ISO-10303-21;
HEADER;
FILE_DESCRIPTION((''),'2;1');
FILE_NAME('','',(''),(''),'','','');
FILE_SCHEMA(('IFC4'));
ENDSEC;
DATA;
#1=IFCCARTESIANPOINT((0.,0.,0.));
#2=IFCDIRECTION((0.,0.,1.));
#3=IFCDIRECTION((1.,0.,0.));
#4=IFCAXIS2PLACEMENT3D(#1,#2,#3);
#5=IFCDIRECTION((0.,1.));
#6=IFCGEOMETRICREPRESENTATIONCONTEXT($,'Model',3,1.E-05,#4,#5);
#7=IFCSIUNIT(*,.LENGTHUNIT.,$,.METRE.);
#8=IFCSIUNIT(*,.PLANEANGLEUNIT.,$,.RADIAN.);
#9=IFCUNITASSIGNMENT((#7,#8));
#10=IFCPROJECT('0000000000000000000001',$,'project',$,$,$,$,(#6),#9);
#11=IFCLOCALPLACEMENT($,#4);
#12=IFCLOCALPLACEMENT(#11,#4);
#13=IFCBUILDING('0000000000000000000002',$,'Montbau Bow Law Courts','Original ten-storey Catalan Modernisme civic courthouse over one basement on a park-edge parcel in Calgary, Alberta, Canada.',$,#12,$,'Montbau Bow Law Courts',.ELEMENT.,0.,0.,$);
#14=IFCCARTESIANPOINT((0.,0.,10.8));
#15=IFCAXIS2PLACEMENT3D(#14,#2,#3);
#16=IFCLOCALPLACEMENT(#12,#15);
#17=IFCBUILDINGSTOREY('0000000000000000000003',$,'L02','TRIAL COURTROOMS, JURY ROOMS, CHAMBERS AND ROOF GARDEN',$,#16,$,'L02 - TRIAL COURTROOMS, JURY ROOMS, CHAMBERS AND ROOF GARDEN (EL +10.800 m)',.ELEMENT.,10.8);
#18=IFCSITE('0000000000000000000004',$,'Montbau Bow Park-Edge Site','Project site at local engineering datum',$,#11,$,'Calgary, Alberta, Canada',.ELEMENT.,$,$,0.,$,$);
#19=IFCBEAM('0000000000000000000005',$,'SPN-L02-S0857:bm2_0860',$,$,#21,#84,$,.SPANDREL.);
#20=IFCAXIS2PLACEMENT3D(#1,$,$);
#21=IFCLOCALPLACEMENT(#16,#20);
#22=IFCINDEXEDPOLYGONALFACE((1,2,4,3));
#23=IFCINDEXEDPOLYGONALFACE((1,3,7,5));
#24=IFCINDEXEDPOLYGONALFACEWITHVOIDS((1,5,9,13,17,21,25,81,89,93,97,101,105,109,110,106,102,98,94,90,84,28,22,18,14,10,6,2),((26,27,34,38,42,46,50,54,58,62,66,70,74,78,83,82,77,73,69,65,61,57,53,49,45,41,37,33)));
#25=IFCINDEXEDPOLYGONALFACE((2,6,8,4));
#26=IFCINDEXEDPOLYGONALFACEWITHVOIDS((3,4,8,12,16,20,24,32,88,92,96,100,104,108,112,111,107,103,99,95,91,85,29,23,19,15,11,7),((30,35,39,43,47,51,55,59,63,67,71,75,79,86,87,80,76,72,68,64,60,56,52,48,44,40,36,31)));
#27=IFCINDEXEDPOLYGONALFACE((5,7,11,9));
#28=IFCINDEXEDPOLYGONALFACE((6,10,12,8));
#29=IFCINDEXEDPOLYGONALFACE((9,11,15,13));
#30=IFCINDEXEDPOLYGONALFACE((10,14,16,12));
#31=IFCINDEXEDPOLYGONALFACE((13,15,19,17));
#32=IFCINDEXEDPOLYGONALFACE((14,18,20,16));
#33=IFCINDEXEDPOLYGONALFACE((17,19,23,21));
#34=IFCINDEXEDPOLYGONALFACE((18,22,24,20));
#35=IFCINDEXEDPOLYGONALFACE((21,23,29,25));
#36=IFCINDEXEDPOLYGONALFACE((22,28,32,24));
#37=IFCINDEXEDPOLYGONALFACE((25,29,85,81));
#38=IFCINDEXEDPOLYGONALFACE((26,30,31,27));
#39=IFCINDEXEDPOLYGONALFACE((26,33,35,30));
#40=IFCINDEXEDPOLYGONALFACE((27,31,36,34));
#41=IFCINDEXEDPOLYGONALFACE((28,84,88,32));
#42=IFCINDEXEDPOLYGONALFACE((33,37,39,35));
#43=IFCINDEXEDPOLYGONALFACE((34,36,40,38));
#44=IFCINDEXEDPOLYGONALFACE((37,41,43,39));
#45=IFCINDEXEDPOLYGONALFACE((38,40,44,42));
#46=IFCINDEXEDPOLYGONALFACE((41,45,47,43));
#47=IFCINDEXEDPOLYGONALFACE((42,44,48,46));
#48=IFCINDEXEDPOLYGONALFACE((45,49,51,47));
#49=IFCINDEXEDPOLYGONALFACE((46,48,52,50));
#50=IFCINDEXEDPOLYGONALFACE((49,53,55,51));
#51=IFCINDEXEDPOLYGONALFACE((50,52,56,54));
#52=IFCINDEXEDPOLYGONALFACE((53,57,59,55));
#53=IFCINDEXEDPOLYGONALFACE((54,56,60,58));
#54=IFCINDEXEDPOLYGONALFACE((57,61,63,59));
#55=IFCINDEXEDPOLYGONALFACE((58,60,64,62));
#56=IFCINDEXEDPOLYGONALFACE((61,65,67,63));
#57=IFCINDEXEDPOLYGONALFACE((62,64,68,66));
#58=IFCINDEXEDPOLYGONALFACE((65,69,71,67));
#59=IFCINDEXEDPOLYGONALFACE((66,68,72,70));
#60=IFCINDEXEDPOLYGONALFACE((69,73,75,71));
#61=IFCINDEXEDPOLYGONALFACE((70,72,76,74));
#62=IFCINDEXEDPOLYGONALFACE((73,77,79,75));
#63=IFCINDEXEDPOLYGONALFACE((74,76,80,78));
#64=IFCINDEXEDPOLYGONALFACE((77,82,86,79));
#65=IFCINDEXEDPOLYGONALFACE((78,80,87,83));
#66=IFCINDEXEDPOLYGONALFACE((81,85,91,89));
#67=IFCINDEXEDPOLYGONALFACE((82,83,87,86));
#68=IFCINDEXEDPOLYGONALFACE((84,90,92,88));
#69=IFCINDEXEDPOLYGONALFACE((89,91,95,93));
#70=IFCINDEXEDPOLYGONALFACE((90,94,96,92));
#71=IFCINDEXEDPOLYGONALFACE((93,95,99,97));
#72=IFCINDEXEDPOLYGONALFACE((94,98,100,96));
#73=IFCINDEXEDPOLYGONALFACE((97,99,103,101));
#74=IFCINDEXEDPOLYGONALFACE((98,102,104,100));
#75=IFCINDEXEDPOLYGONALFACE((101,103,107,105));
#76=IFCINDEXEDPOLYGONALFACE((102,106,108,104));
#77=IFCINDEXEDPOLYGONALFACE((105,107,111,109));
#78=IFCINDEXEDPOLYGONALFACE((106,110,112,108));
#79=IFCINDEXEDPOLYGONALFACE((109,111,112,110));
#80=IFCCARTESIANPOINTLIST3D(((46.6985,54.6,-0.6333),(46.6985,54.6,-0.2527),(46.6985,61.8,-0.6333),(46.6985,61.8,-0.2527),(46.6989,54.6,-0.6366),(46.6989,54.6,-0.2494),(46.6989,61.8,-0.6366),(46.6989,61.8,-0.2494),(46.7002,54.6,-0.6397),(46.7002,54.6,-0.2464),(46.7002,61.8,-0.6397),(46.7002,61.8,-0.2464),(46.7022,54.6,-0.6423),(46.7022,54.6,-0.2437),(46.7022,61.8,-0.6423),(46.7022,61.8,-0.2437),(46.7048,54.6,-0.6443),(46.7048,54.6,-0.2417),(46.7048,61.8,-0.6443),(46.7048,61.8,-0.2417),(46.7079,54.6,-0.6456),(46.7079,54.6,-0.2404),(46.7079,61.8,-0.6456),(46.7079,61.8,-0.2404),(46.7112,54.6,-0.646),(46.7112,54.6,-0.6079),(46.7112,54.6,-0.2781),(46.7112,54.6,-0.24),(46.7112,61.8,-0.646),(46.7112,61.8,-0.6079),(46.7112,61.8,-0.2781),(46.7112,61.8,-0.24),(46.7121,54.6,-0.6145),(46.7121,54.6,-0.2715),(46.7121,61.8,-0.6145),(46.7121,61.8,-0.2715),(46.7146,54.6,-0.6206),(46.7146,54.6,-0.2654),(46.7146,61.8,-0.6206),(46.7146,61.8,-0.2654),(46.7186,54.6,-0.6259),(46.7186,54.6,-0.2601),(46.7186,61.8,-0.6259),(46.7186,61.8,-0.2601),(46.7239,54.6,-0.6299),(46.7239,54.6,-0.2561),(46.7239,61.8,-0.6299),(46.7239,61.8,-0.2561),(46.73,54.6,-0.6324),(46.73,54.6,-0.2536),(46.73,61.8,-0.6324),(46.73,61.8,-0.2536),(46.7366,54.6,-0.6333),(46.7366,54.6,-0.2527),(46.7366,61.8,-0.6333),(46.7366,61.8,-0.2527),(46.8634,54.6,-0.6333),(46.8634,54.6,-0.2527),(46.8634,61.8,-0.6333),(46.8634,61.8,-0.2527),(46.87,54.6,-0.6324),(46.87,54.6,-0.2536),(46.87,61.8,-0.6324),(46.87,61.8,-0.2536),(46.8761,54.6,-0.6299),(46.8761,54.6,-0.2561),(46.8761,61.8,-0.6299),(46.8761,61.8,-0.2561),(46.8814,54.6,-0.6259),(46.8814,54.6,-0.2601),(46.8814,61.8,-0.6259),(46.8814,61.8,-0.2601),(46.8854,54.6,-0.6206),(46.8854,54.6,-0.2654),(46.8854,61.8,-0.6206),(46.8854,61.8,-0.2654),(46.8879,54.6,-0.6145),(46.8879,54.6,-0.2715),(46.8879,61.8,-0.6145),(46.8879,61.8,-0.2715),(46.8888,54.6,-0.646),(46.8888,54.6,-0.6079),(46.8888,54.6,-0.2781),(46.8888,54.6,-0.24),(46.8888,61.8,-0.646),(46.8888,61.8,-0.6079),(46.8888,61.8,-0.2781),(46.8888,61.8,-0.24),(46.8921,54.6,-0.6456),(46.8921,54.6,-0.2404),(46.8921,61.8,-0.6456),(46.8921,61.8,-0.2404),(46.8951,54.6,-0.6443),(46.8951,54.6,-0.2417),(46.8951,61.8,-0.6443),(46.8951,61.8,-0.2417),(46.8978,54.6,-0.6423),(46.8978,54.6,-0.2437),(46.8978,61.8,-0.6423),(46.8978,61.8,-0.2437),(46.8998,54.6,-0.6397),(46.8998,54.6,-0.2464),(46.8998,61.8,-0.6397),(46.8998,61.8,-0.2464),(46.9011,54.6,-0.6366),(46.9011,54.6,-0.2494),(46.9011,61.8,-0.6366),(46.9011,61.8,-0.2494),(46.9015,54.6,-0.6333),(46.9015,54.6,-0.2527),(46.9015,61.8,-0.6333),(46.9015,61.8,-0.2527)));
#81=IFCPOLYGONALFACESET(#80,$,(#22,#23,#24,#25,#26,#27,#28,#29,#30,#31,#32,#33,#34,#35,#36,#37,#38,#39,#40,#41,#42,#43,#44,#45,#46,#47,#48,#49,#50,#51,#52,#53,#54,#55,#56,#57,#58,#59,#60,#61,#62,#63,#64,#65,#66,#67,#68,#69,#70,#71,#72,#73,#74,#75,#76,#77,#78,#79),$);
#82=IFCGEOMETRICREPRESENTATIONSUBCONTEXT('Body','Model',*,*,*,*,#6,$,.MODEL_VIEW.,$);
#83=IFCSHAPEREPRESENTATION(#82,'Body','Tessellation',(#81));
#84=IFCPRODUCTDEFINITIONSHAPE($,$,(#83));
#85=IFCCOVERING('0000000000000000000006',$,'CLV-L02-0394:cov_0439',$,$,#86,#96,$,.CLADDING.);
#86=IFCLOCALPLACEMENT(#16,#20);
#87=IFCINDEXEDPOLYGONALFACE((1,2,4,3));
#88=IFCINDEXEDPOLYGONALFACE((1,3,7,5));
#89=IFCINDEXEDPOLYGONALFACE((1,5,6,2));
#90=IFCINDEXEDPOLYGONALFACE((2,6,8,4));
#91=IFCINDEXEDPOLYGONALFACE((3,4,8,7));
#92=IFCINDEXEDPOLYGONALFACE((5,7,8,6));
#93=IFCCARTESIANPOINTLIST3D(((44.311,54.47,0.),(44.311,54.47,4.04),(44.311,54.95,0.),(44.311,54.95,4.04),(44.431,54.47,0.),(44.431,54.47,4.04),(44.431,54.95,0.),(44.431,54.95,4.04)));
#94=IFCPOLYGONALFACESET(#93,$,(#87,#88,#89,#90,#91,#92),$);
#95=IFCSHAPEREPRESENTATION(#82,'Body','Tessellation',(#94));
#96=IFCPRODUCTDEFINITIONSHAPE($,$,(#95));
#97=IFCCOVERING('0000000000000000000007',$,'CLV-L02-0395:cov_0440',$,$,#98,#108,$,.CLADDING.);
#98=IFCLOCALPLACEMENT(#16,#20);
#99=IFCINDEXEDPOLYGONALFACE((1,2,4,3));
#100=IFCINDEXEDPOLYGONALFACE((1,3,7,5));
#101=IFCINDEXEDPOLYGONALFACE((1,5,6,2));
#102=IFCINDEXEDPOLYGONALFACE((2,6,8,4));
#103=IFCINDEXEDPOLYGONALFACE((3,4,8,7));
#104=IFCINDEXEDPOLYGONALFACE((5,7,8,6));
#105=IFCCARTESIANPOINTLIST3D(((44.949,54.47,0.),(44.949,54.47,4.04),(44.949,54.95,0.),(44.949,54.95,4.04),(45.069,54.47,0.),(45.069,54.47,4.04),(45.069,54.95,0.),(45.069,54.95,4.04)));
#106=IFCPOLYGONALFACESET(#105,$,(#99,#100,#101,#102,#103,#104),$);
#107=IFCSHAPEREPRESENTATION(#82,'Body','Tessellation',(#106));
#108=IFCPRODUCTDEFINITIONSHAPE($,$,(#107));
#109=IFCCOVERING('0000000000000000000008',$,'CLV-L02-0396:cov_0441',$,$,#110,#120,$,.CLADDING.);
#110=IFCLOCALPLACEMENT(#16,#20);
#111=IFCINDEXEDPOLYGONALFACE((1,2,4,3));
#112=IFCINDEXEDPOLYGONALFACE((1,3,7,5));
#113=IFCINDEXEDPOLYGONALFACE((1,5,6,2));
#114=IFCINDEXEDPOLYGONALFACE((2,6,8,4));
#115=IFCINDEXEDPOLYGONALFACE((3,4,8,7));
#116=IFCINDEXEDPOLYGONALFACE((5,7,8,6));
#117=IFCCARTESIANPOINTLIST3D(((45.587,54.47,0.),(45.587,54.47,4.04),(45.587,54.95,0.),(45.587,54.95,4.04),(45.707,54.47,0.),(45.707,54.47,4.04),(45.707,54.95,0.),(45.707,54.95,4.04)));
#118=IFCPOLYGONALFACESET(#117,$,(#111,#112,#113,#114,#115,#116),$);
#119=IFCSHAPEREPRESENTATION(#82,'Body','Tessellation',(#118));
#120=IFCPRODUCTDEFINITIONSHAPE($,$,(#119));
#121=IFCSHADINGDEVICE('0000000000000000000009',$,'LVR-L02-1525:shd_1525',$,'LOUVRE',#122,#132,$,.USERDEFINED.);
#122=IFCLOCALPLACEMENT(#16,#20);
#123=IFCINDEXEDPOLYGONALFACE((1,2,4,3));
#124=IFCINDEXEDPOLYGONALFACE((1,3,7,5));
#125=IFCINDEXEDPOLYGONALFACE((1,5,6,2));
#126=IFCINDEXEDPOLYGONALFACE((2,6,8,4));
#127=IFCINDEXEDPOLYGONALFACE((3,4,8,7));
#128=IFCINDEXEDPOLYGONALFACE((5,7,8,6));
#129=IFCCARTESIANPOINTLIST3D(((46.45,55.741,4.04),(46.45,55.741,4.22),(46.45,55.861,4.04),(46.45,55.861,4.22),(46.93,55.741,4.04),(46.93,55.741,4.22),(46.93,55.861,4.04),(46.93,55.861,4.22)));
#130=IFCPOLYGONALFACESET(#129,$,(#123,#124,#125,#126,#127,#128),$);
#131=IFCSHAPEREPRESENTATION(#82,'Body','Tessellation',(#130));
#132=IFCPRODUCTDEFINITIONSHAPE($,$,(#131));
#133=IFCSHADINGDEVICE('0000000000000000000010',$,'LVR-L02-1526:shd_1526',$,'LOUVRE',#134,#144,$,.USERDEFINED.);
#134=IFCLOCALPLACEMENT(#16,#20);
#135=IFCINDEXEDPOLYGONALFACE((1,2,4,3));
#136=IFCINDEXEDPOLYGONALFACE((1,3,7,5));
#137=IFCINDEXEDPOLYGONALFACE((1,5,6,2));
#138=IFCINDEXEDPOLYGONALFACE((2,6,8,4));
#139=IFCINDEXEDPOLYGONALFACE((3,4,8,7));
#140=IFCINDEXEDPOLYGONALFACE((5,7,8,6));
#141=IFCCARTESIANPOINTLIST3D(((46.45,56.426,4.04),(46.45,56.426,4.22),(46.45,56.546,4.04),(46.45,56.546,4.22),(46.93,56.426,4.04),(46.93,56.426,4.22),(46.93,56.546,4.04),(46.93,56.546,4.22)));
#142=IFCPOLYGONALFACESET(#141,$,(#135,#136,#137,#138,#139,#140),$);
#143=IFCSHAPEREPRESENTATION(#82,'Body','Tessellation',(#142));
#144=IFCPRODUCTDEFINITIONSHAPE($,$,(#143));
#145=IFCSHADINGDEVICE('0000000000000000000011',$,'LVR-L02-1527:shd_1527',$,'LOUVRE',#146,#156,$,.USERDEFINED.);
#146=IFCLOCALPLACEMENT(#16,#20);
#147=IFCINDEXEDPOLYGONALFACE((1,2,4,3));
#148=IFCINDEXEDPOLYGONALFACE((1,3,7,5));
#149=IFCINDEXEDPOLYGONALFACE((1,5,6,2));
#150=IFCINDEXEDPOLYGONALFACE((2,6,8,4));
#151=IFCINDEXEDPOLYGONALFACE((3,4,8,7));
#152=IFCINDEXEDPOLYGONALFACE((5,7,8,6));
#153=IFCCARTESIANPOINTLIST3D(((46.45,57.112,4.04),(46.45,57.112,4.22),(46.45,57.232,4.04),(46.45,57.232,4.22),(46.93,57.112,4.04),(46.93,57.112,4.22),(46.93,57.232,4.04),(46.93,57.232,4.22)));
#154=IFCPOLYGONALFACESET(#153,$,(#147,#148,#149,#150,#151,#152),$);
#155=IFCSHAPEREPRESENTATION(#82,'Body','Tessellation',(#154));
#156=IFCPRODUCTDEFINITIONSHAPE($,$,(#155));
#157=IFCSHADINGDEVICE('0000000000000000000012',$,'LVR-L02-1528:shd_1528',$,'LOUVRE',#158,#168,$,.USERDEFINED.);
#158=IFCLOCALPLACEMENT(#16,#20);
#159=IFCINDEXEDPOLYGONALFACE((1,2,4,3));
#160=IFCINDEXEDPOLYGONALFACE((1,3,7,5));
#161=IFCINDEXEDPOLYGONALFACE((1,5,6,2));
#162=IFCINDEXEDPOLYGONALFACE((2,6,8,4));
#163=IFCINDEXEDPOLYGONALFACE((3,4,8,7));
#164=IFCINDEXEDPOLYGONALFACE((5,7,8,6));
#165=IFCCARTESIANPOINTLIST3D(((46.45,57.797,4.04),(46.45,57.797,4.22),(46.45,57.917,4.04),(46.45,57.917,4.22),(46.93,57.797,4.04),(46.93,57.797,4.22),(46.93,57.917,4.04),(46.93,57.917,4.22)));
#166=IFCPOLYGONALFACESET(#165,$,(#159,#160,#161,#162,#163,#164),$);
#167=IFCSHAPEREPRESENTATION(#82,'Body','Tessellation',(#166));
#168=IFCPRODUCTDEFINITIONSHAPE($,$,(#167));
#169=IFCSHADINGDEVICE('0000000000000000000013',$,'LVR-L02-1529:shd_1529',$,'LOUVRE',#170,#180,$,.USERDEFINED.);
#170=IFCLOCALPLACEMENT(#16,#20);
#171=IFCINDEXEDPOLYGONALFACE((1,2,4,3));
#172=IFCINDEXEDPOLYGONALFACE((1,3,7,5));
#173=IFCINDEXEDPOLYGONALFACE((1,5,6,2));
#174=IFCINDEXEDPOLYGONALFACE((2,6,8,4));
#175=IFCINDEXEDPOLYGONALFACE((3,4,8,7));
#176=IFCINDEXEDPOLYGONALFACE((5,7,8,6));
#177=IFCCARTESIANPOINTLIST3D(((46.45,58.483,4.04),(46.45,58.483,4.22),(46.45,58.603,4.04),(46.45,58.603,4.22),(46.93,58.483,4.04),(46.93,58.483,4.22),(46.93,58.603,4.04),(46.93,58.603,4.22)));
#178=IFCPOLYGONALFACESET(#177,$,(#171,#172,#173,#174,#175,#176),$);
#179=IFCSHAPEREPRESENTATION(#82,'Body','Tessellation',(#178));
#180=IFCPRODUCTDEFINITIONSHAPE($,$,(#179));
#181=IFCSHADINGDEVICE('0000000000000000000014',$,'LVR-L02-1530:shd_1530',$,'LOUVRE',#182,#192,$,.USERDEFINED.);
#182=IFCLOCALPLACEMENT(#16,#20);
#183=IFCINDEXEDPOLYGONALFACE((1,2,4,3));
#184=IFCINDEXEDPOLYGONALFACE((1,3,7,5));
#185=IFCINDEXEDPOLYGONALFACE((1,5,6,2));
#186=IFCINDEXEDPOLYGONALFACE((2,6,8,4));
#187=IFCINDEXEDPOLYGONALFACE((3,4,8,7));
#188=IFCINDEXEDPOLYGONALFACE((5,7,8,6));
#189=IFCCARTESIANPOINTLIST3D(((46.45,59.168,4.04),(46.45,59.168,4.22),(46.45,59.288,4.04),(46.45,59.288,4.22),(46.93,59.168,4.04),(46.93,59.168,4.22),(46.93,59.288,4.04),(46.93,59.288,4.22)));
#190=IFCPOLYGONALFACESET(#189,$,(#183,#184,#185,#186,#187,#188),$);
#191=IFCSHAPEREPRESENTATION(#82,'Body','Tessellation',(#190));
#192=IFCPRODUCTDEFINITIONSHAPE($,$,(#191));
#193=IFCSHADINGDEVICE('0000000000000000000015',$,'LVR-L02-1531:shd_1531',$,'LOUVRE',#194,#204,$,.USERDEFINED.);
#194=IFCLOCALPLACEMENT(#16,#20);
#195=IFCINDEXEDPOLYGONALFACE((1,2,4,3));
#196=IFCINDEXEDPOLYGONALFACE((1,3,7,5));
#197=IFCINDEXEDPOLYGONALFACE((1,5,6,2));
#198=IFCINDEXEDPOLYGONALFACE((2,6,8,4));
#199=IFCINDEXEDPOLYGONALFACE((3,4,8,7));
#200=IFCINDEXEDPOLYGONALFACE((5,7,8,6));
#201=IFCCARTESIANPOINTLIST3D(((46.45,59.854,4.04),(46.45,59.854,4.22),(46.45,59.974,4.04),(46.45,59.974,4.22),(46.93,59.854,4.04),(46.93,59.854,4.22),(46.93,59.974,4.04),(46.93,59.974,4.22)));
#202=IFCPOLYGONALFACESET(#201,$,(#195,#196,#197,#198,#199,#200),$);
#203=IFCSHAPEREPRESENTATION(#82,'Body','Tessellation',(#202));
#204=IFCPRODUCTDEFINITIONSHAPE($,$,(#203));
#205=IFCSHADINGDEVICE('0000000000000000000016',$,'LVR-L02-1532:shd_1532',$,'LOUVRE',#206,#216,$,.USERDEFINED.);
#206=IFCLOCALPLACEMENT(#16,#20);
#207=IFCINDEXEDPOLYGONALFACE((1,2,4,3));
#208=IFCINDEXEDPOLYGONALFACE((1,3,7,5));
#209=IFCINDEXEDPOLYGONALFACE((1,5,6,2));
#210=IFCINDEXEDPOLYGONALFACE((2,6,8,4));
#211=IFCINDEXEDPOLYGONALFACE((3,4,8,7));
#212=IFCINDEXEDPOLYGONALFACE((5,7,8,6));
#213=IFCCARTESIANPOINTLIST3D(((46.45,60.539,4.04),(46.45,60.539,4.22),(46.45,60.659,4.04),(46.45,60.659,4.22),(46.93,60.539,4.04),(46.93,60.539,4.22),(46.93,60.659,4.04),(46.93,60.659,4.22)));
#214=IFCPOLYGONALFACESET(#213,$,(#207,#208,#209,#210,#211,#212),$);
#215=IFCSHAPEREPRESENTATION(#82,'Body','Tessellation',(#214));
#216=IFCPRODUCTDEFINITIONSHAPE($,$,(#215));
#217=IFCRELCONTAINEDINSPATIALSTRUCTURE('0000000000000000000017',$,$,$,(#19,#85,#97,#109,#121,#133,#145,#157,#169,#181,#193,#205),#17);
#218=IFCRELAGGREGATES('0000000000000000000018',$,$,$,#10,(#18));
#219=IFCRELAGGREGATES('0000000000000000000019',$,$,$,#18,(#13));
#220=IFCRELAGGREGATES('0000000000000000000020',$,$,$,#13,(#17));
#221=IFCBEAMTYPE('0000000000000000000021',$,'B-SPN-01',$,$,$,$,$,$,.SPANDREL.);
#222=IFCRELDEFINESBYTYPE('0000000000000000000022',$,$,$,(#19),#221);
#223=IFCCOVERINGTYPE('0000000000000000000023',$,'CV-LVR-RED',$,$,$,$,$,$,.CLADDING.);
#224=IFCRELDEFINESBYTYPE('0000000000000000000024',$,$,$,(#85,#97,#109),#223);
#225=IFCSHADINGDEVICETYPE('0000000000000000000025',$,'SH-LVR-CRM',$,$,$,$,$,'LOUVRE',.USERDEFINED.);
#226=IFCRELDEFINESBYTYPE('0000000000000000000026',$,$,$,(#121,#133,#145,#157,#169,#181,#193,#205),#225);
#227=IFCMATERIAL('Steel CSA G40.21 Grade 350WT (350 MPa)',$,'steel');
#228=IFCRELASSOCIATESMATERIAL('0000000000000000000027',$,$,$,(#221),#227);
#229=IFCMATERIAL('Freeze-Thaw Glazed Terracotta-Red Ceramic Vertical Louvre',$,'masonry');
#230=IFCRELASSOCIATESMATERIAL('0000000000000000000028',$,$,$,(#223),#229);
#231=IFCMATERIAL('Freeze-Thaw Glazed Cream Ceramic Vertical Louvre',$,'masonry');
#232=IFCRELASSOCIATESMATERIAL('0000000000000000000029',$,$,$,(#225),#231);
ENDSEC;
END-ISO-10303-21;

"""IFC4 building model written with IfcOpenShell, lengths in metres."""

from ifc_helpers import new_model, si_unit, direction, frame, frame_2d, origin_with_axes, origin_2d_with_axis, place, context, subcontext, project, spatial, rectangle, hollow_rectangle, extrude, material, material_profile, profile_set, type_object, element, save


model = new_model("IFC4")

# Units and contexts
model_context = context("Model", 3, precision=1e-05, world=origin_with_axes(), true_north=direction((0.0, 1.0)))
body_context = subcontext(model_context, "Body", "Model", "MODEL_VIEW")
ifc_project = project(units=[si_unit("LENGTHUNIT", "METRE"), si_unit("PLANEANGLEUNIT", "RADIAN")], contexts=[model_context])

# Site, building, storey
site_placement = place(None, origin_with_axes())
site = spatial("IfcSite", under=ifc_project, at=site_placement, Name="Montbau Bow Park-Edge Site", Description="Project site at local engineering datum", LongName="Calgary, Alberta, Canada", CompositionType="ELEMENT", RefElevation=0.0)
building_placement = place(site_placement, origin_with_axes())
building = spatial("IfcBuilding", under=site, at=building_placement, Name="Montbau Bow Law Courts", Description="Original ten-storey Catalan Modernisme civic courthouse over one basement on a park-edge parcel in Calgary, Alberta, Canada.", LongName="Montbau Bow Law Courts", CompositionType="ELEMENT", ElevationOfRefHeight=0.0, ElevationOfTerrain=0.0)
storey_placement = place(building_placement, frame((0.0, 0.0, 10.8), z_axis=(0.0, 0.0, 1.0), x_axis=(1.0, 0.0, 0.0)))
storey = spatial("IfcBuildingStorey", under=building, at=storey_placement, Name="L02", Description="TRIAL COURTROOMS, JURY ROOMS, CHAMBERS AND ROOF GARDEN", LongName="L02 - TRIAL COURTROOMS, JURY ROOMS, CHAMBERS AND ROOF GARDEN (EL +10.800 m)", CompositionType="ELEMENT", Elevation=10.8)

# Beam
ifc_material_1 = material(Name="Steel CSA G40.21 Grade 350WT (350 MPa)", Category="steel")
ifc_material_profile_1 = material_profile(ifc_material_1, hollow_rectangle(XDim=0.203, YDim=0.406, WallThickness=0.0127, InnerFilletRadius=0.0254, OuterFilletRadius=0.0127, at=origin_2d_with_axis()), Name="HSS406X203X13", Category="Main", Priority=0)
ifc_profile_set_1 = profile_set([ifc_material_profile_1], Name="Steel CSA G40.21 Grade 350WT (350 MPa)")
beam_type_1 = type_object("IfcBeamType", Name="B-SPN-01", PredefinedType="SPANDREL", material=ifc_profile_set_1)
beam_1_placement = place(None, frame((46.8, 54.6, 10.357), z_axis=(0.0, 1.0, 0.0), x_axis=(-1.0, 0.0, 0.0)))
element("IfcBeam", 1, at=beam_1_placement, inside=storey, type_object=beam_type_1, Name="SPN-L02-S0857:bm2_0860", PredefinedType="SPANDREL", context=body_context, shape_type="SweptSolid", body=[
    extrude(hollow_rectangle(XDim=0.203, YDim=0.406, WallThickness=0.0127, InnerFilletRadius=0.0254, OuterFilletRadius=0.0127, at=origin_2d_with_axis()), origin_with_axes(), (0.0, 0.0, 1.0), 7.2),
])

# Coverings
ifc_material_2 = material(Name="Freeze-Thaw Glazed Terracotta-Red Ceramic Vertical Louvre", Category="masonry")
covering_type = type_object("IfcCoveringType", Name="CV-LVR-RED", PredefinedType="CLADDING", material=ifc_material_2)
for number, where, z_axis, x_axis, name in (
    (2, (44.371, 54.47, 10.8), (1.0, 0.0, 0.0), (0.0, 1.0, 0.0), "CLV-L02-0394:cov_0439"),
    (3, (45.009, 54.47, 10.8), (1.0, 0.0, 0.0), (0.0, 1.0, 0.0), "CLV-L02-0395:cov_0440"),
    (4, (45.647, 54.47, 10.8), (1.0, 0.0, 0.0), (0.0, 1.0, 0.0), "CLV-L02-0396:cov_0441"),
):
    element("IfcCovering", number, at=place(None, frame(where, z_axis=z_axis, x_axis=x_axis)), inside=storey, type_object=covering_type, Name=name, PredefinedType="CLADDING", context=body_context, shape_type="SweptSolid", body=[
        extrude(rectangle(XDim=0.48, YDim=4.04, at=frame_2d((0.24, 2.02), x_axis=(1.0, 0.0))), frame((0.0, 0.0, -0.06), z_axis=(0.0, 0.0, 1.0), x_axis=(1.0, 0.0, 0.0)), (0.0, 0.0, 1.0), 0.12),
    ])

# Shading devices
ifc_material_3 = material(Name="Freeze-Thaw Glazed Cream Ceramic Vertical Louvre", Category="masonry")
shading_device_type_1 = type_object("IfcShadingDeviceType", Name="SH-LVR-CRM", ElementType="LOUVRE", PredefinedType="USERDEFINED", material=ifc_material_3)
for number, where, z_axis, x_axis, name in (
    (5, (46.69, 55.801, 14.84), (0.0, 0.0, 1.0), (-1.0, 0.0, 0.0), "LVR-L02-1525:shd_1525"),
    (6, (46.69, 56.486, 14.84), (0.0, 0.0, 1.0), (-1.0, 0.0, 0.0), "LVR-L02-1526:shd_1526"),
    (7, (46.69, 57.172, 14.84), (0.0, 0.0, 1.0), (-1.0, 0.0, 0.0), "LVR-L02-1527:shd_1527"),
    (8, (46.69, 57.857, 14.84), (0.0, 0.0, 1.0), (-1.0, 0.0, 0.0), "LVR-L02-1528:shd_1528"),
    (9, (46.69, 58.543, 14.84), (0.0, 0.0, 1.0), (-1.0, 0.0, 0.0), "LVR-L02-1529:shd_1529"),
    (10, (46.69, 59.228, 14.84), (0.0, 0.0, 1.0), (-1.0, 0.0, 0.0), "LVR-L02-1530:shd_1530"),
    (11, (46.69, 59.914, 14.84), (0.0, 0.0, 1.0), (-1.0, 0.0, 0.0), "LVR-L02-1531:shd_1531"),
    (12, (46.69, 60.599, 14.84), (0.0, 0.0, 1.0), (-1.0, 0.0, 0.0), "LVR-L02-1532:shd_1532"),
):
    element("IfcShadingDevice", number, at=place(None, frame(where, z_axis=z_axis, x_axis=x_axis)), inside=storey, type_object=shading_device_type_1, Name=name, ObjectType="LOUVRE", PredefinedType="USERDEFINED", context=body_context, shape_type="SweptSolid", body=[
        extrude(rectangle(XDim=0.48, YDim=0.12, at=origin_2d_with_axis()), origin_with_axes(), (0.0, 0.0, 1.0), 0.18),
    ])

save(model, "model.ifc")
